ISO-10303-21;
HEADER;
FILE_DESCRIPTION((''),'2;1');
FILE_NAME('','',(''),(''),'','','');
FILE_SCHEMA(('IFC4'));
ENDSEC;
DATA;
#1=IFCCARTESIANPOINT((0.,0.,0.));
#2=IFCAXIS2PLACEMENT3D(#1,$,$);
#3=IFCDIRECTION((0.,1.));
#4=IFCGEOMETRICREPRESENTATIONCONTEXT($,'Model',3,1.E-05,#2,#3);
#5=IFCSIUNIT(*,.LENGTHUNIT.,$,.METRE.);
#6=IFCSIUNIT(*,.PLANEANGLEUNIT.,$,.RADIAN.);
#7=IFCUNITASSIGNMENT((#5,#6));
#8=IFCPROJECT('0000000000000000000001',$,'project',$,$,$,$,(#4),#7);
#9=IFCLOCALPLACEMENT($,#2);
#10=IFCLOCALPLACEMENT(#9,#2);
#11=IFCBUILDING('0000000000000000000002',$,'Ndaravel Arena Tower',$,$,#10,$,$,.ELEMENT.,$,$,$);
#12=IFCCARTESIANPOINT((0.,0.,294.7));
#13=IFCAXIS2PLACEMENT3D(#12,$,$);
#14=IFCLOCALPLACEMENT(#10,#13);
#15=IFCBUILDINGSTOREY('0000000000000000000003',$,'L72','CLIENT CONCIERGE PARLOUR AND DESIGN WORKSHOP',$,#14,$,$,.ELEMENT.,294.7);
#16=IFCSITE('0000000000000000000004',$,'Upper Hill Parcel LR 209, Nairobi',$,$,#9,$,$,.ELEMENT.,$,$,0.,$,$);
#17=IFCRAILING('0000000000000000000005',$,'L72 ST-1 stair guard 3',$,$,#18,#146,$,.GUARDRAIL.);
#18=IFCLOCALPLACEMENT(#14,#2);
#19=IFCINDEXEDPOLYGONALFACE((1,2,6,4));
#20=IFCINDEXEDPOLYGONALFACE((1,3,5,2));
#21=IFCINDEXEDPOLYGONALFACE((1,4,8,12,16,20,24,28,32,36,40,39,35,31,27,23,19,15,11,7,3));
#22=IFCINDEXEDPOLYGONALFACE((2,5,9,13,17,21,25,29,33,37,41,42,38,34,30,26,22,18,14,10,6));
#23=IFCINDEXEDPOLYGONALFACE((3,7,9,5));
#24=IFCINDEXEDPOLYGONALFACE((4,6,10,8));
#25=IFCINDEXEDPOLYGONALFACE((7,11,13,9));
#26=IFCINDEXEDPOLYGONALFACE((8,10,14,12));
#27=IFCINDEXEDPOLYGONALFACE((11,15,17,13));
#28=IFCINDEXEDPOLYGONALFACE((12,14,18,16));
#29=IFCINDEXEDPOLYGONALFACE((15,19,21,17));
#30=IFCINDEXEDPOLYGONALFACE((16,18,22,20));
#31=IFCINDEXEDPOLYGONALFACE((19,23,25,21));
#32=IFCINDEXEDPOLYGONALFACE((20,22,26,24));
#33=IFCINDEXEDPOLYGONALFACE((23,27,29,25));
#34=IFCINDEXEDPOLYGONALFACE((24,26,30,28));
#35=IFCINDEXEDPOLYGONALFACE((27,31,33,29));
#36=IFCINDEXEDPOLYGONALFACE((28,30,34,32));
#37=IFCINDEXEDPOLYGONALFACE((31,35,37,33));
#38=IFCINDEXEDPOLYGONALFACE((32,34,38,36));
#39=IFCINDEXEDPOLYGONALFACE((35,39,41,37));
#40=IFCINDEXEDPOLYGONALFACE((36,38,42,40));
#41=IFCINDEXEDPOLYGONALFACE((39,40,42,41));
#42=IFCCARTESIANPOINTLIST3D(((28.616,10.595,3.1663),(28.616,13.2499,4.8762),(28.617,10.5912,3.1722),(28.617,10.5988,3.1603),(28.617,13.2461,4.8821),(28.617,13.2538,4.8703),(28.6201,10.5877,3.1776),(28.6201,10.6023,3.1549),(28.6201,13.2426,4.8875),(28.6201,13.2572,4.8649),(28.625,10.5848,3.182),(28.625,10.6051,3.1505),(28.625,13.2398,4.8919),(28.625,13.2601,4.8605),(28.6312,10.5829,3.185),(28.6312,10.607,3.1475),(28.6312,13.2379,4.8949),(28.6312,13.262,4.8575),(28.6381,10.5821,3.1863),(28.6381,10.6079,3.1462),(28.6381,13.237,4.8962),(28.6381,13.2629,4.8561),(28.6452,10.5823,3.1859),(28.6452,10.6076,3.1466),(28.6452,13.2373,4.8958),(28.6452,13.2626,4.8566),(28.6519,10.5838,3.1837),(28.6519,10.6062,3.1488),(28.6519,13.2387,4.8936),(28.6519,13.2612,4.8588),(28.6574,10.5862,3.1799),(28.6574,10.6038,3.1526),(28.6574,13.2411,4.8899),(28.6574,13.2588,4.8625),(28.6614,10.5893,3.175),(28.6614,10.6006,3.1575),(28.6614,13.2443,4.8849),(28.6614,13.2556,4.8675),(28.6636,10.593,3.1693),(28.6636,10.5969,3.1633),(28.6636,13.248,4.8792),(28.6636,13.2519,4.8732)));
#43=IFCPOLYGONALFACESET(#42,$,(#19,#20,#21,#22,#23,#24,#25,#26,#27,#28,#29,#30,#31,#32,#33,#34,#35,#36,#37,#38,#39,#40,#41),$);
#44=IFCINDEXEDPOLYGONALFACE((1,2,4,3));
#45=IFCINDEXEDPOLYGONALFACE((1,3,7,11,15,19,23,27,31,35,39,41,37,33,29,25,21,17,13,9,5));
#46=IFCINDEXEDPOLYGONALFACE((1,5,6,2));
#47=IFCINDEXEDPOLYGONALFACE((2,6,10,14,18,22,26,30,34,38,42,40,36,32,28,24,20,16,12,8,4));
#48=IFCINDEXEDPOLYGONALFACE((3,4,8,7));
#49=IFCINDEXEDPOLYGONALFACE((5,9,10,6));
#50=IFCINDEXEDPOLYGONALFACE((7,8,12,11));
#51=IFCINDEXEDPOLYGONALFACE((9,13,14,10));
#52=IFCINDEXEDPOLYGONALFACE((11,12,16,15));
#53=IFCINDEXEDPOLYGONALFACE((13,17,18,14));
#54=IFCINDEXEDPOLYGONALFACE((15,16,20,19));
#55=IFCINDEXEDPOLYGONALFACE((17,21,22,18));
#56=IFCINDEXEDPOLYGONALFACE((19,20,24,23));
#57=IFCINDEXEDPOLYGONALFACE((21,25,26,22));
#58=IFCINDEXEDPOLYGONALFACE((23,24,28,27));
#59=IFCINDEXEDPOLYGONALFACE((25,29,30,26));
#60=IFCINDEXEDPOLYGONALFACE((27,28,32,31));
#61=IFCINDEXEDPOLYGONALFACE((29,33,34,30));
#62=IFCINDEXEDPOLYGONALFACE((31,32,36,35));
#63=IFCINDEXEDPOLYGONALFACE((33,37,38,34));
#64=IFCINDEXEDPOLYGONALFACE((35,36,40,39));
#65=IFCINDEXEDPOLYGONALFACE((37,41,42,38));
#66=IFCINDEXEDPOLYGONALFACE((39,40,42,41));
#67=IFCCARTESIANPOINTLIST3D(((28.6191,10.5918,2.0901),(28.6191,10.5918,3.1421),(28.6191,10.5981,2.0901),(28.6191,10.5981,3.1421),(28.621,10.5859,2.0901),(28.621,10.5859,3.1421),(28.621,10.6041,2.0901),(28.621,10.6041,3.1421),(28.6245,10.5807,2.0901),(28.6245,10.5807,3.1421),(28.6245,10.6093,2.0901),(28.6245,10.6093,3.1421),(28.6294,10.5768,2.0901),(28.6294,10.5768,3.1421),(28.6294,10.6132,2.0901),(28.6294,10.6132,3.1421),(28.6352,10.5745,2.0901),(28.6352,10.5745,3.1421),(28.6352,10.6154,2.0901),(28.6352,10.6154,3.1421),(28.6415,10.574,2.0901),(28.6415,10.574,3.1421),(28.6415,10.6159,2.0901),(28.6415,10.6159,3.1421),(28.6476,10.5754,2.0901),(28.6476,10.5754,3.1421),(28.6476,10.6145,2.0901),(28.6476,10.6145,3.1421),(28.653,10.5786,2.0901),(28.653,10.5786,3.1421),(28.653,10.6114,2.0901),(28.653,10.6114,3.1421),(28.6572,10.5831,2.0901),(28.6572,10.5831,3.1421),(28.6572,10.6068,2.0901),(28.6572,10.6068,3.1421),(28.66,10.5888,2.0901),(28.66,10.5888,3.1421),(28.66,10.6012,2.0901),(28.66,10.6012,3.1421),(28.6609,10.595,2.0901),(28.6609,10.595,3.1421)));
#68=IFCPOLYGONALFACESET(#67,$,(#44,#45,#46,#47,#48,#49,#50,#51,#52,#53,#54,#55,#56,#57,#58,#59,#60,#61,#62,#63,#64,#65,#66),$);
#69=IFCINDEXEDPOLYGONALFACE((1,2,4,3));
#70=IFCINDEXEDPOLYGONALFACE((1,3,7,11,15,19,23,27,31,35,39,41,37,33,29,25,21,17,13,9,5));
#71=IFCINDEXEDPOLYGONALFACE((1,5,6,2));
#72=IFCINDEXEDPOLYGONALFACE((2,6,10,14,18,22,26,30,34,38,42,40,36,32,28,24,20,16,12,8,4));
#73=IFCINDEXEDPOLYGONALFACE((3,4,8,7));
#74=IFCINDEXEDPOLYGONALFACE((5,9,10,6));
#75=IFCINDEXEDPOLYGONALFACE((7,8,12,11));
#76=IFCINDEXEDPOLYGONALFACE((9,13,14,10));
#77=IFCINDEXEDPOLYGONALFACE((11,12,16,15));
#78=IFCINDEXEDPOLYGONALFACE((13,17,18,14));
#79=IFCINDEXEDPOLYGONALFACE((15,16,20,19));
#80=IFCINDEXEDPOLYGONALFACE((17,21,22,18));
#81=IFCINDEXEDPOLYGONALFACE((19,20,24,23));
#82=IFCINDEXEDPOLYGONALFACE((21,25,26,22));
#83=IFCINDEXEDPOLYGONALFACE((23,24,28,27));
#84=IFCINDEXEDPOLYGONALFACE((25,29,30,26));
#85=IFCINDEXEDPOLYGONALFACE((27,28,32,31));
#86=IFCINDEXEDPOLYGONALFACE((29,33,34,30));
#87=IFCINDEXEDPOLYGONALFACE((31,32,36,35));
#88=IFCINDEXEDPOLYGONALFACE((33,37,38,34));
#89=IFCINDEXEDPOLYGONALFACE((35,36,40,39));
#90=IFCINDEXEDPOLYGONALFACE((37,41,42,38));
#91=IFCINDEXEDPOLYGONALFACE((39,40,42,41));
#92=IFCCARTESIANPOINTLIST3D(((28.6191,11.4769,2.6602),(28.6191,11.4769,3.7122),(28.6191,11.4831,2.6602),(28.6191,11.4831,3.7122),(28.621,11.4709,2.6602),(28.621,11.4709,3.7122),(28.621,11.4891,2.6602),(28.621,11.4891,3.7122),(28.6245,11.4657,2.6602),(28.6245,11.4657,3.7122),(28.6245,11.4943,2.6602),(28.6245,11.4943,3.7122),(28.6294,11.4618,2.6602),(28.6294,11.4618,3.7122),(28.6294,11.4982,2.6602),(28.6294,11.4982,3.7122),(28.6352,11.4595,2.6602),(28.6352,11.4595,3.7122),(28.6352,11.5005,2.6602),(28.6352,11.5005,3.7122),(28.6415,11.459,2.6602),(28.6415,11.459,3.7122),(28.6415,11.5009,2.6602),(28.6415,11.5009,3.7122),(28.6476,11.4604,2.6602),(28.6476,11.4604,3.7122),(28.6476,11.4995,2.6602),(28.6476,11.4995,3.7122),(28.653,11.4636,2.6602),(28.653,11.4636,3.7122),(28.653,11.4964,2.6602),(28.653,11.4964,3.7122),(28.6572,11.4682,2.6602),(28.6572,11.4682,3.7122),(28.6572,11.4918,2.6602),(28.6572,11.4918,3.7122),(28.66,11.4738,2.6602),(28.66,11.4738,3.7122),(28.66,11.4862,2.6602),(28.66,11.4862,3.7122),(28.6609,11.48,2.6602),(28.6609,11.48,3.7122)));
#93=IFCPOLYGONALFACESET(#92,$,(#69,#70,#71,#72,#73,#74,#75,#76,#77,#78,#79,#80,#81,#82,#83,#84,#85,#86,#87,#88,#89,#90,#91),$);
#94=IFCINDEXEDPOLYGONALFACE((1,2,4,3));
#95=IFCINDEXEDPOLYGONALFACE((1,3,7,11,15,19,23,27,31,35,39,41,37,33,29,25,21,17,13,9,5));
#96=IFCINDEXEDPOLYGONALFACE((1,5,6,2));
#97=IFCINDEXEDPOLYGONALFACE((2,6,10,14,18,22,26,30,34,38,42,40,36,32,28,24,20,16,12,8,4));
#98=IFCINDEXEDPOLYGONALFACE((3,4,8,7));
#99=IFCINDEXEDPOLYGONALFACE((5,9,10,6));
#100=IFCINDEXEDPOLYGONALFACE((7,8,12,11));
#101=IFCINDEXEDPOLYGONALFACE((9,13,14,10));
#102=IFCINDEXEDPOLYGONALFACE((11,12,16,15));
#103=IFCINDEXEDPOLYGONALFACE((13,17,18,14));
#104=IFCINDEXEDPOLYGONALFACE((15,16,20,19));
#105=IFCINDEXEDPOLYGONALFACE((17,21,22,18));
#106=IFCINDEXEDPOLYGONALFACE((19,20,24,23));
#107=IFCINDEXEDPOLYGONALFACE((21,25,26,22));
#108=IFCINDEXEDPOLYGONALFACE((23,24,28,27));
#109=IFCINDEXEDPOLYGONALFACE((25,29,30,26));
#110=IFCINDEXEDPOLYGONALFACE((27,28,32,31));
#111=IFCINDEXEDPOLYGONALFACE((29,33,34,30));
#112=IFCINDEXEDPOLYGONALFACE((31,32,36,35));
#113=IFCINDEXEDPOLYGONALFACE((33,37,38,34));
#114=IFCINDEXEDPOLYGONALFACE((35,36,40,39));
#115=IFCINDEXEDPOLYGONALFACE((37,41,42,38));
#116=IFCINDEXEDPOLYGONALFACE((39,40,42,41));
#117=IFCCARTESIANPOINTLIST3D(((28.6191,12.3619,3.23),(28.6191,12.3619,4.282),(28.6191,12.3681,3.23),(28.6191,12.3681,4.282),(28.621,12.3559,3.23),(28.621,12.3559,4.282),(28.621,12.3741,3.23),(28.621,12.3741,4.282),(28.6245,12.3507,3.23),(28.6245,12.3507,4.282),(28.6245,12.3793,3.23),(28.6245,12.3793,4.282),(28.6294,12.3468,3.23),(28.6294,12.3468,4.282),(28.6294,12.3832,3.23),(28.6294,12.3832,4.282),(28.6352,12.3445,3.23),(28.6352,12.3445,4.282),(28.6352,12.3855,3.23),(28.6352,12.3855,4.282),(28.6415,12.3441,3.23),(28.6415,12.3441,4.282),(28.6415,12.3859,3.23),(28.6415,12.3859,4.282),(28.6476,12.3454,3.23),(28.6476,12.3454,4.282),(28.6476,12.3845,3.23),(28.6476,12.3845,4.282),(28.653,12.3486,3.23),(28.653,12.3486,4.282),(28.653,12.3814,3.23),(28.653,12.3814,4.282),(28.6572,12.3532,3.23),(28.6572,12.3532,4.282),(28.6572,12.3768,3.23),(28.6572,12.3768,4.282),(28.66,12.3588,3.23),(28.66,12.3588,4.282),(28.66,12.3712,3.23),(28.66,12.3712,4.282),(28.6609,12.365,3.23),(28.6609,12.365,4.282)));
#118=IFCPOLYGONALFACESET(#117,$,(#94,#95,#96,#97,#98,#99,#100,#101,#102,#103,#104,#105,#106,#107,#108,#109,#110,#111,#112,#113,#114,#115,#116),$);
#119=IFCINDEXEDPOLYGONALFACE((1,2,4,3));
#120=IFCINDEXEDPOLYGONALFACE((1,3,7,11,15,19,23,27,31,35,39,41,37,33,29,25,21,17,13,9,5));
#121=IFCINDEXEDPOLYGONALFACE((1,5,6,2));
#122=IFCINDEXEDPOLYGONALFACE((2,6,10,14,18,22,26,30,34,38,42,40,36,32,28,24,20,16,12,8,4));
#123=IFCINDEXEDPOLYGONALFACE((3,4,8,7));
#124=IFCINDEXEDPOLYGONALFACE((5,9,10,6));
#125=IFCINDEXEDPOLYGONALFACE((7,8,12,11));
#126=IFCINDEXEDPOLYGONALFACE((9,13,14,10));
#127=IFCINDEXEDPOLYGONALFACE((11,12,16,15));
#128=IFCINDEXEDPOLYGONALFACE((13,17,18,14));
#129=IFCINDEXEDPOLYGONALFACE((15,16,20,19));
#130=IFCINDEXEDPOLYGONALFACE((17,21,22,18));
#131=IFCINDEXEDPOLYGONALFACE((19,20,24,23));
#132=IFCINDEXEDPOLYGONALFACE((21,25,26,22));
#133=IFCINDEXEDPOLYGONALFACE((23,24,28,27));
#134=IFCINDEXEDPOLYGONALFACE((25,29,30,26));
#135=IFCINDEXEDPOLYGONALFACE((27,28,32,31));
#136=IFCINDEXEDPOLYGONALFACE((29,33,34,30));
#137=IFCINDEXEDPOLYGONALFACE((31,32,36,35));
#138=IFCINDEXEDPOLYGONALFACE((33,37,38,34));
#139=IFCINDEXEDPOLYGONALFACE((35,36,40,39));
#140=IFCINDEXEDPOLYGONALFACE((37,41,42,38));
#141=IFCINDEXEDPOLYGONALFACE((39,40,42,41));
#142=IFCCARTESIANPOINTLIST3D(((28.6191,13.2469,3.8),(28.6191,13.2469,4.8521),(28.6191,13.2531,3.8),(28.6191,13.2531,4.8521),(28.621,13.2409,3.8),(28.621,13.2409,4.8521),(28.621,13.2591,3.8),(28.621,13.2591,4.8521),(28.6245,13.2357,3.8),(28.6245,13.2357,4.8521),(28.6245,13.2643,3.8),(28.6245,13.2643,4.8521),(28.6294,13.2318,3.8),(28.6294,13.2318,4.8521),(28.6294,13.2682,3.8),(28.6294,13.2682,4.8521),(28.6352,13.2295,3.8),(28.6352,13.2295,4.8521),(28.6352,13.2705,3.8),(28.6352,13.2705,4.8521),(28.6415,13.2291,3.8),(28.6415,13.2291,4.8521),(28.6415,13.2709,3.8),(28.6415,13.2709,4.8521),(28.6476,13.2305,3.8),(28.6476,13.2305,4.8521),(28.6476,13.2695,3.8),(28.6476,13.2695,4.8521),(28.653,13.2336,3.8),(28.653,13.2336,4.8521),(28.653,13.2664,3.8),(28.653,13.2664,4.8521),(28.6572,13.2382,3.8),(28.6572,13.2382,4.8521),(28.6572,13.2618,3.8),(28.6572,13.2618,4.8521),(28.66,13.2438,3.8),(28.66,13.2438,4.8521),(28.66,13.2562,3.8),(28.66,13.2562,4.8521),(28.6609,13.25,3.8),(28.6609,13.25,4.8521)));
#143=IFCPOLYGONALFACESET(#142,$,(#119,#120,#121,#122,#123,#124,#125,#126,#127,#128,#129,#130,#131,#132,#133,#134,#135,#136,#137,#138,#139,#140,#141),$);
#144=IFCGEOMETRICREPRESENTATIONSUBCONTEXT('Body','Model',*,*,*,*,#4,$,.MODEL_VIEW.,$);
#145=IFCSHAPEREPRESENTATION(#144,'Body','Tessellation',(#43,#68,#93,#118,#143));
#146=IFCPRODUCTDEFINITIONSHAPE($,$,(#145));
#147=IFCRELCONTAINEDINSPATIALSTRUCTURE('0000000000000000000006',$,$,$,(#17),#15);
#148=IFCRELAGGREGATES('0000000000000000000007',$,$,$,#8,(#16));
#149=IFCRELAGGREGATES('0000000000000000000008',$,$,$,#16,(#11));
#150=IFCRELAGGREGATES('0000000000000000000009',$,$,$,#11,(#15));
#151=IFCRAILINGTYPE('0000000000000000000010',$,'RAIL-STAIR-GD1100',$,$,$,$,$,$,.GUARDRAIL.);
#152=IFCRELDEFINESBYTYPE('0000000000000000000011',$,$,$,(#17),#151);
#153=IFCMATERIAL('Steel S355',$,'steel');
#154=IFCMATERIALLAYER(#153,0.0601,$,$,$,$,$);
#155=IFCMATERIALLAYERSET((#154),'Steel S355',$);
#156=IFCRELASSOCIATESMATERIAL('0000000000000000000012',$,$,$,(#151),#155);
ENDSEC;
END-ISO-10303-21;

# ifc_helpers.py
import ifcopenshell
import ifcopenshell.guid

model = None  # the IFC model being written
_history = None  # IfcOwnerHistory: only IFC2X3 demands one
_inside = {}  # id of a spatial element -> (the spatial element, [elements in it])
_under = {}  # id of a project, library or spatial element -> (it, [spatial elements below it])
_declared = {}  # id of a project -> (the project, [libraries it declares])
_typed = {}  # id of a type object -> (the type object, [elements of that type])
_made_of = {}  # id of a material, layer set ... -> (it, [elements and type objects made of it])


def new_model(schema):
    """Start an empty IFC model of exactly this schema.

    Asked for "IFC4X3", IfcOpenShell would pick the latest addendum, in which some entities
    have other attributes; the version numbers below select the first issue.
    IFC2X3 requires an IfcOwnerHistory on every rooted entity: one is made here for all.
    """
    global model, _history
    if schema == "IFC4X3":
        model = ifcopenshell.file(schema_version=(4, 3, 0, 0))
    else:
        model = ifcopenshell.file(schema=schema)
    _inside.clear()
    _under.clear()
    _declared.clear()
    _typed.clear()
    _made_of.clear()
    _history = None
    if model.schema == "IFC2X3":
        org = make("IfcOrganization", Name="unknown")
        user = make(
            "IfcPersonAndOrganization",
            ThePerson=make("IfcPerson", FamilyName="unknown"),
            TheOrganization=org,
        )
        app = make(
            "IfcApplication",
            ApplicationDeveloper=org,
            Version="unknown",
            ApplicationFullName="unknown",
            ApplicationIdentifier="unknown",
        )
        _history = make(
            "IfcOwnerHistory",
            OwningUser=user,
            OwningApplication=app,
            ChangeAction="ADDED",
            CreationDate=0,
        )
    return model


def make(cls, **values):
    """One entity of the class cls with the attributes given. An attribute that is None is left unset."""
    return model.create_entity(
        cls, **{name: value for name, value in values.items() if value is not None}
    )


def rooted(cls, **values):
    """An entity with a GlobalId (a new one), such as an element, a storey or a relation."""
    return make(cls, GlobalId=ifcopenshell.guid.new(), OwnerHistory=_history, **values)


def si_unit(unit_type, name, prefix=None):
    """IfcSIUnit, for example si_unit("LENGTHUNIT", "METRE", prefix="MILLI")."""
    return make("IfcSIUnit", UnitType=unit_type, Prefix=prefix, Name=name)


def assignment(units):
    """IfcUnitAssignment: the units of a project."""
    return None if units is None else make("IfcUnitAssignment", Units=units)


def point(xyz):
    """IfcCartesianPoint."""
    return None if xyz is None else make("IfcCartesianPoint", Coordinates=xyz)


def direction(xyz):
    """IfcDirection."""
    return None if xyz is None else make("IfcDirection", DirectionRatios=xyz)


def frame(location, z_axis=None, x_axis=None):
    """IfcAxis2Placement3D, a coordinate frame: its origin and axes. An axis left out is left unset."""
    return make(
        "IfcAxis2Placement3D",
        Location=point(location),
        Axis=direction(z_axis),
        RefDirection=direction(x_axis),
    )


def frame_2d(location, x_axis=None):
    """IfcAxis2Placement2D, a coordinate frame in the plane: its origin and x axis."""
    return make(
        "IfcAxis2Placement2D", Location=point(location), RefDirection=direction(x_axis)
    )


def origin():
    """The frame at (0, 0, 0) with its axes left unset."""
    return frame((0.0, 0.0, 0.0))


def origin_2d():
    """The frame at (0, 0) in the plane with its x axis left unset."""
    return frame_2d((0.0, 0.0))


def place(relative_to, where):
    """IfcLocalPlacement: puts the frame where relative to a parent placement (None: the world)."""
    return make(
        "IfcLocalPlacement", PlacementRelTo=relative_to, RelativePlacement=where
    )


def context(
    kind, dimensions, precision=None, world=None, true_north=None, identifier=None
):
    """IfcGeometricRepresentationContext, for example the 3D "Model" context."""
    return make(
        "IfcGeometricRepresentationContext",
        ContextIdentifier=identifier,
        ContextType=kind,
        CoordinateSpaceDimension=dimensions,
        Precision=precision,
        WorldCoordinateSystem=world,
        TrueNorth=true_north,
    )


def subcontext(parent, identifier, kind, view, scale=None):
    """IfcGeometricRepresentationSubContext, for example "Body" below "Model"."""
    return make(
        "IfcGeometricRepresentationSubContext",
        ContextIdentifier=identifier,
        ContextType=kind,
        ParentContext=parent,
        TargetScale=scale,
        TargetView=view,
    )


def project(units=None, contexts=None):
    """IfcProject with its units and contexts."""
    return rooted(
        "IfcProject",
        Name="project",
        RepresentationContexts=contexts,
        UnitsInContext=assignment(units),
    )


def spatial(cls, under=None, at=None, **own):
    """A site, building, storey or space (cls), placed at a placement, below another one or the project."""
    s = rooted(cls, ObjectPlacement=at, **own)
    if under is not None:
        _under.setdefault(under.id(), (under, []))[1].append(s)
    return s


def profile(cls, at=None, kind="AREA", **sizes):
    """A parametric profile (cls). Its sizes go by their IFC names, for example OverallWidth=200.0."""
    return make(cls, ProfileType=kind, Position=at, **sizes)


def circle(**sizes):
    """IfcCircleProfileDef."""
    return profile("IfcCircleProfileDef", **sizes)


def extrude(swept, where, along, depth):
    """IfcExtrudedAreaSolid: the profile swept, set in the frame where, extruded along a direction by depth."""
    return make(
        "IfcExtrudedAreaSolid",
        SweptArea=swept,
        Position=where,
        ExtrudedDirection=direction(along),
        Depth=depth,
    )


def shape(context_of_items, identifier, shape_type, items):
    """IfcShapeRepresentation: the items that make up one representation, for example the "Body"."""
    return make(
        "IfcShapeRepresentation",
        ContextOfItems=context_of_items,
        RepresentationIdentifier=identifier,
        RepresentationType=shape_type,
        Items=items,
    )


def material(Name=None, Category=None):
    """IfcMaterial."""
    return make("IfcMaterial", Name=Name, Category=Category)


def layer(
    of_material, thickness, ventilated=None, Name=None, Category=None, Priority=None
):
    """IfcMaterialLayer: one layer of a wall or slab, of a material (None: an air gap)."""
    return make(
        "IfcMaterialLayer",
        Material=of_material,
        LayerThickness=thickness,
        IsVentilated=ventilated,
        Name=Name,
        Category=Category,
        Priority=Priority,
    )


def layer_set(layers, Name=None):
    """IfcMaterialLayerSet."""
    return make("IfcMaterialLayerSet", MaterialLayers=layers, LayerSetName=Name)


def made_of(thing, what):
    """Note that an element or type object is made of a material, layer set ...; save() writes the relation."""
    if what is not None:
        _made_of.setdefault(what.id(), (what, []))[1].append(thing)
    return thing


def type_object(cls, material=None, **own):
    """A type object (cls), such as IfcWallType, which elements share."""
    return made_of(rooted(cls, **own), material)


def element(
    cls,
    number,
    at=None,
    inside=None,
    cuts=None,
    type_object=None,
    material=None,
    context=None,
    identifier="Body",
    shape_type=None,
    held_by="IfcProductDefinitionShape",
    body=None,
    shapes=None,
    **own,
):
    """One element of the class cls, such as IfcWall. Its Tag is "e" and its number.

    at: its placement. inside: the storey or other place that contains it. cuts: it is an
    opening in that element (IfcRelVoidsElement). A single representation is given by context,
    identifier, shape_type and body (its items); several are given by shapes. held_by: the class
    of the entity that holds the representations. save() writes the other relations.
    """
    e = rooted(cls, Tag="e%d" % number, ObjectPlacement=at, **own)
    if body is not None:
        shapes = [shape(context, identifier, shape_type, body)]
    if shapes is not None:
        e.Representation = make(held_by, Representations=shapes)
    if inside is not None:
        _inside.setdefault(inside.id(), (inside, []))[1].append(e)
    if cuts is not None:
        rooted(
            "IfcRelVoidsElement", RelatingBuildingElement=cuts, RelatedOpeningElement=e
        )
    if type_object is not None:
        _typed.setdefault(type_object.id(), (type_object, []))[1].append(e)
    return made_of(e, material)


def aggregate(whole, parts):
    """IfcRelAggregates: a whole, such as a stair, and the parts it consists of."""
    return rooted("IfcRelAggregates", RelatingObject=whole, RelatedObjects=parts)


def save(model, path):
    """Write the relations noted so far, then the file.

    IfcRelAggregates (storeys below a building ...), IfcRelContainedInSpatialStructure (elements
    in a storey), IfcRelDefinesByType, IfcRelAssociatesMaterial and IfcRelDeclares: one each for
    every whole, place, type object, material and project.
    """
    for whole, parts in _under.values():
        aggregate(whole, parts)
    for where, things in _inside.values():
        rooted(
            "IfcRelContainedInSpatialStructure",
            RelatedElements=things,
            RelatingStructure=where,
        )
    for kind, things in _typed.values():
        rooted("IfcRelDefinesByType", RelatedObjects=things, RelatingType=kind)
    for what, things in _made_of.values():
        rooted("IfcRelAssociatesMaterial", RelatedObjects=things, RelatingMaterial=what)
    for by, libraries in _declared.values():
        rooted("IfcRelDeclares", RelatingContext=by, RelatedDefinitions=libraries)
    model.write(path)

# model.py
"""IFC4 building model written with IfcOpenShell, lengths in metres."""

from ifc_helpers import new_model, si_unit, direction, frame, origin, origin_2d, place, context, subcontext, project, spatial, circle, extrude, material, layer, layer_set, type_object, element, save


model = new_model("IFC4")

# Units and contexts
model_context = context("Model", 3, precision=1e-05, world=origin(), true_north=direction((0.0, 1.0)))
body_context = subcontext(model_context, "Body", "Model", "MODEL_VIEW")
ifc_project = project(units=[si_unit("LENGTHUNIT", "METRE"), si_unit("PLANEANGLEUNIT", "RADIAN")], contexts=[model_context])

# Site, building, storey
site_placement = place(None, origin())
site = spatial("IfcSite", under=ifc_project, at=site_placement, Name="Upper Hill Parcel LR 209, Nairobi", CompositionType="ELEMENT", RefElevation=0.0)
building_placement = place(site_placement, origin())
building = spatial("IfcBuilding", under=site, at=building_placement, Name="Ndaravel Arena Tower", CompositionType="ELEMENT")
storey_placement = place(building_placement, frame((0.0, 0.0, 294.7)))
storey = spatial("IfcBuildingStorey", under=building, at=storey_placement, Name="L72", Description="CLIENT CONCIERGE PARLOUR AND DESIGN WORKSHOP", CompositionType="ELEMENT", Elevation=294.7)

# Railing
ifc_material_1 = material(Name="Steel S355", Category="steel")
ifc_layer_1 = layer(ifc_material_1, 0.0601)
ifc_layer_set_1 = layer_set([ifc_layer_1], Name="Steel S355")
railing_type_1 = type_object("IfcRailingType", Name="RAIL-STAIR-GD1100", PredefinedType="GUARDRAIL", material=ifc_layer_set_1)
railing_1_placement = place(storey_placement, frame((28.6399, 10.595, 2.0901)))
element("IfcRailing", 1, at=railing_1_placement, inside=storey, type_object=railing_type_1, Name="L72 ST-1 stair guard 3", PredefinedType="GUARDRAIL", context=body_context, shape_type="SweptSolid", body=[
    extrude(circle(Radius=0.0239, at=origin_2d()), frame((0.0, 0.0, 1.0762), z_axis=(0.0, 0.840724, 0.541465), x_axis=(-1.0, 0.0, 0.0)), (0.0, 0.0, 1.0), 3.158),
    extrude(circle(Radius=0.021, at=origin_2d()), origin(), (0.0, 0.0, 1.0), 1.052),
    extrude(circle(Radius=0.021, at=origin_2d()), frame((0.0, 0.885, 0.5701)), (0.0, 0.0, 1.0), 1.052),
    extrude(circle(Radius=0.021, at=origin_2d()), frame((0.0, 1.77, 1.1399)), (0.0, 0.0, 1.0), 1.052),
    extrude(circle(Radius=0.021, at=origin_2d()), frame((0.0, 2.655, 1.71)), (0.0, 0.0, 1.0), 1.052),
])

save(model, "model.ifc")
